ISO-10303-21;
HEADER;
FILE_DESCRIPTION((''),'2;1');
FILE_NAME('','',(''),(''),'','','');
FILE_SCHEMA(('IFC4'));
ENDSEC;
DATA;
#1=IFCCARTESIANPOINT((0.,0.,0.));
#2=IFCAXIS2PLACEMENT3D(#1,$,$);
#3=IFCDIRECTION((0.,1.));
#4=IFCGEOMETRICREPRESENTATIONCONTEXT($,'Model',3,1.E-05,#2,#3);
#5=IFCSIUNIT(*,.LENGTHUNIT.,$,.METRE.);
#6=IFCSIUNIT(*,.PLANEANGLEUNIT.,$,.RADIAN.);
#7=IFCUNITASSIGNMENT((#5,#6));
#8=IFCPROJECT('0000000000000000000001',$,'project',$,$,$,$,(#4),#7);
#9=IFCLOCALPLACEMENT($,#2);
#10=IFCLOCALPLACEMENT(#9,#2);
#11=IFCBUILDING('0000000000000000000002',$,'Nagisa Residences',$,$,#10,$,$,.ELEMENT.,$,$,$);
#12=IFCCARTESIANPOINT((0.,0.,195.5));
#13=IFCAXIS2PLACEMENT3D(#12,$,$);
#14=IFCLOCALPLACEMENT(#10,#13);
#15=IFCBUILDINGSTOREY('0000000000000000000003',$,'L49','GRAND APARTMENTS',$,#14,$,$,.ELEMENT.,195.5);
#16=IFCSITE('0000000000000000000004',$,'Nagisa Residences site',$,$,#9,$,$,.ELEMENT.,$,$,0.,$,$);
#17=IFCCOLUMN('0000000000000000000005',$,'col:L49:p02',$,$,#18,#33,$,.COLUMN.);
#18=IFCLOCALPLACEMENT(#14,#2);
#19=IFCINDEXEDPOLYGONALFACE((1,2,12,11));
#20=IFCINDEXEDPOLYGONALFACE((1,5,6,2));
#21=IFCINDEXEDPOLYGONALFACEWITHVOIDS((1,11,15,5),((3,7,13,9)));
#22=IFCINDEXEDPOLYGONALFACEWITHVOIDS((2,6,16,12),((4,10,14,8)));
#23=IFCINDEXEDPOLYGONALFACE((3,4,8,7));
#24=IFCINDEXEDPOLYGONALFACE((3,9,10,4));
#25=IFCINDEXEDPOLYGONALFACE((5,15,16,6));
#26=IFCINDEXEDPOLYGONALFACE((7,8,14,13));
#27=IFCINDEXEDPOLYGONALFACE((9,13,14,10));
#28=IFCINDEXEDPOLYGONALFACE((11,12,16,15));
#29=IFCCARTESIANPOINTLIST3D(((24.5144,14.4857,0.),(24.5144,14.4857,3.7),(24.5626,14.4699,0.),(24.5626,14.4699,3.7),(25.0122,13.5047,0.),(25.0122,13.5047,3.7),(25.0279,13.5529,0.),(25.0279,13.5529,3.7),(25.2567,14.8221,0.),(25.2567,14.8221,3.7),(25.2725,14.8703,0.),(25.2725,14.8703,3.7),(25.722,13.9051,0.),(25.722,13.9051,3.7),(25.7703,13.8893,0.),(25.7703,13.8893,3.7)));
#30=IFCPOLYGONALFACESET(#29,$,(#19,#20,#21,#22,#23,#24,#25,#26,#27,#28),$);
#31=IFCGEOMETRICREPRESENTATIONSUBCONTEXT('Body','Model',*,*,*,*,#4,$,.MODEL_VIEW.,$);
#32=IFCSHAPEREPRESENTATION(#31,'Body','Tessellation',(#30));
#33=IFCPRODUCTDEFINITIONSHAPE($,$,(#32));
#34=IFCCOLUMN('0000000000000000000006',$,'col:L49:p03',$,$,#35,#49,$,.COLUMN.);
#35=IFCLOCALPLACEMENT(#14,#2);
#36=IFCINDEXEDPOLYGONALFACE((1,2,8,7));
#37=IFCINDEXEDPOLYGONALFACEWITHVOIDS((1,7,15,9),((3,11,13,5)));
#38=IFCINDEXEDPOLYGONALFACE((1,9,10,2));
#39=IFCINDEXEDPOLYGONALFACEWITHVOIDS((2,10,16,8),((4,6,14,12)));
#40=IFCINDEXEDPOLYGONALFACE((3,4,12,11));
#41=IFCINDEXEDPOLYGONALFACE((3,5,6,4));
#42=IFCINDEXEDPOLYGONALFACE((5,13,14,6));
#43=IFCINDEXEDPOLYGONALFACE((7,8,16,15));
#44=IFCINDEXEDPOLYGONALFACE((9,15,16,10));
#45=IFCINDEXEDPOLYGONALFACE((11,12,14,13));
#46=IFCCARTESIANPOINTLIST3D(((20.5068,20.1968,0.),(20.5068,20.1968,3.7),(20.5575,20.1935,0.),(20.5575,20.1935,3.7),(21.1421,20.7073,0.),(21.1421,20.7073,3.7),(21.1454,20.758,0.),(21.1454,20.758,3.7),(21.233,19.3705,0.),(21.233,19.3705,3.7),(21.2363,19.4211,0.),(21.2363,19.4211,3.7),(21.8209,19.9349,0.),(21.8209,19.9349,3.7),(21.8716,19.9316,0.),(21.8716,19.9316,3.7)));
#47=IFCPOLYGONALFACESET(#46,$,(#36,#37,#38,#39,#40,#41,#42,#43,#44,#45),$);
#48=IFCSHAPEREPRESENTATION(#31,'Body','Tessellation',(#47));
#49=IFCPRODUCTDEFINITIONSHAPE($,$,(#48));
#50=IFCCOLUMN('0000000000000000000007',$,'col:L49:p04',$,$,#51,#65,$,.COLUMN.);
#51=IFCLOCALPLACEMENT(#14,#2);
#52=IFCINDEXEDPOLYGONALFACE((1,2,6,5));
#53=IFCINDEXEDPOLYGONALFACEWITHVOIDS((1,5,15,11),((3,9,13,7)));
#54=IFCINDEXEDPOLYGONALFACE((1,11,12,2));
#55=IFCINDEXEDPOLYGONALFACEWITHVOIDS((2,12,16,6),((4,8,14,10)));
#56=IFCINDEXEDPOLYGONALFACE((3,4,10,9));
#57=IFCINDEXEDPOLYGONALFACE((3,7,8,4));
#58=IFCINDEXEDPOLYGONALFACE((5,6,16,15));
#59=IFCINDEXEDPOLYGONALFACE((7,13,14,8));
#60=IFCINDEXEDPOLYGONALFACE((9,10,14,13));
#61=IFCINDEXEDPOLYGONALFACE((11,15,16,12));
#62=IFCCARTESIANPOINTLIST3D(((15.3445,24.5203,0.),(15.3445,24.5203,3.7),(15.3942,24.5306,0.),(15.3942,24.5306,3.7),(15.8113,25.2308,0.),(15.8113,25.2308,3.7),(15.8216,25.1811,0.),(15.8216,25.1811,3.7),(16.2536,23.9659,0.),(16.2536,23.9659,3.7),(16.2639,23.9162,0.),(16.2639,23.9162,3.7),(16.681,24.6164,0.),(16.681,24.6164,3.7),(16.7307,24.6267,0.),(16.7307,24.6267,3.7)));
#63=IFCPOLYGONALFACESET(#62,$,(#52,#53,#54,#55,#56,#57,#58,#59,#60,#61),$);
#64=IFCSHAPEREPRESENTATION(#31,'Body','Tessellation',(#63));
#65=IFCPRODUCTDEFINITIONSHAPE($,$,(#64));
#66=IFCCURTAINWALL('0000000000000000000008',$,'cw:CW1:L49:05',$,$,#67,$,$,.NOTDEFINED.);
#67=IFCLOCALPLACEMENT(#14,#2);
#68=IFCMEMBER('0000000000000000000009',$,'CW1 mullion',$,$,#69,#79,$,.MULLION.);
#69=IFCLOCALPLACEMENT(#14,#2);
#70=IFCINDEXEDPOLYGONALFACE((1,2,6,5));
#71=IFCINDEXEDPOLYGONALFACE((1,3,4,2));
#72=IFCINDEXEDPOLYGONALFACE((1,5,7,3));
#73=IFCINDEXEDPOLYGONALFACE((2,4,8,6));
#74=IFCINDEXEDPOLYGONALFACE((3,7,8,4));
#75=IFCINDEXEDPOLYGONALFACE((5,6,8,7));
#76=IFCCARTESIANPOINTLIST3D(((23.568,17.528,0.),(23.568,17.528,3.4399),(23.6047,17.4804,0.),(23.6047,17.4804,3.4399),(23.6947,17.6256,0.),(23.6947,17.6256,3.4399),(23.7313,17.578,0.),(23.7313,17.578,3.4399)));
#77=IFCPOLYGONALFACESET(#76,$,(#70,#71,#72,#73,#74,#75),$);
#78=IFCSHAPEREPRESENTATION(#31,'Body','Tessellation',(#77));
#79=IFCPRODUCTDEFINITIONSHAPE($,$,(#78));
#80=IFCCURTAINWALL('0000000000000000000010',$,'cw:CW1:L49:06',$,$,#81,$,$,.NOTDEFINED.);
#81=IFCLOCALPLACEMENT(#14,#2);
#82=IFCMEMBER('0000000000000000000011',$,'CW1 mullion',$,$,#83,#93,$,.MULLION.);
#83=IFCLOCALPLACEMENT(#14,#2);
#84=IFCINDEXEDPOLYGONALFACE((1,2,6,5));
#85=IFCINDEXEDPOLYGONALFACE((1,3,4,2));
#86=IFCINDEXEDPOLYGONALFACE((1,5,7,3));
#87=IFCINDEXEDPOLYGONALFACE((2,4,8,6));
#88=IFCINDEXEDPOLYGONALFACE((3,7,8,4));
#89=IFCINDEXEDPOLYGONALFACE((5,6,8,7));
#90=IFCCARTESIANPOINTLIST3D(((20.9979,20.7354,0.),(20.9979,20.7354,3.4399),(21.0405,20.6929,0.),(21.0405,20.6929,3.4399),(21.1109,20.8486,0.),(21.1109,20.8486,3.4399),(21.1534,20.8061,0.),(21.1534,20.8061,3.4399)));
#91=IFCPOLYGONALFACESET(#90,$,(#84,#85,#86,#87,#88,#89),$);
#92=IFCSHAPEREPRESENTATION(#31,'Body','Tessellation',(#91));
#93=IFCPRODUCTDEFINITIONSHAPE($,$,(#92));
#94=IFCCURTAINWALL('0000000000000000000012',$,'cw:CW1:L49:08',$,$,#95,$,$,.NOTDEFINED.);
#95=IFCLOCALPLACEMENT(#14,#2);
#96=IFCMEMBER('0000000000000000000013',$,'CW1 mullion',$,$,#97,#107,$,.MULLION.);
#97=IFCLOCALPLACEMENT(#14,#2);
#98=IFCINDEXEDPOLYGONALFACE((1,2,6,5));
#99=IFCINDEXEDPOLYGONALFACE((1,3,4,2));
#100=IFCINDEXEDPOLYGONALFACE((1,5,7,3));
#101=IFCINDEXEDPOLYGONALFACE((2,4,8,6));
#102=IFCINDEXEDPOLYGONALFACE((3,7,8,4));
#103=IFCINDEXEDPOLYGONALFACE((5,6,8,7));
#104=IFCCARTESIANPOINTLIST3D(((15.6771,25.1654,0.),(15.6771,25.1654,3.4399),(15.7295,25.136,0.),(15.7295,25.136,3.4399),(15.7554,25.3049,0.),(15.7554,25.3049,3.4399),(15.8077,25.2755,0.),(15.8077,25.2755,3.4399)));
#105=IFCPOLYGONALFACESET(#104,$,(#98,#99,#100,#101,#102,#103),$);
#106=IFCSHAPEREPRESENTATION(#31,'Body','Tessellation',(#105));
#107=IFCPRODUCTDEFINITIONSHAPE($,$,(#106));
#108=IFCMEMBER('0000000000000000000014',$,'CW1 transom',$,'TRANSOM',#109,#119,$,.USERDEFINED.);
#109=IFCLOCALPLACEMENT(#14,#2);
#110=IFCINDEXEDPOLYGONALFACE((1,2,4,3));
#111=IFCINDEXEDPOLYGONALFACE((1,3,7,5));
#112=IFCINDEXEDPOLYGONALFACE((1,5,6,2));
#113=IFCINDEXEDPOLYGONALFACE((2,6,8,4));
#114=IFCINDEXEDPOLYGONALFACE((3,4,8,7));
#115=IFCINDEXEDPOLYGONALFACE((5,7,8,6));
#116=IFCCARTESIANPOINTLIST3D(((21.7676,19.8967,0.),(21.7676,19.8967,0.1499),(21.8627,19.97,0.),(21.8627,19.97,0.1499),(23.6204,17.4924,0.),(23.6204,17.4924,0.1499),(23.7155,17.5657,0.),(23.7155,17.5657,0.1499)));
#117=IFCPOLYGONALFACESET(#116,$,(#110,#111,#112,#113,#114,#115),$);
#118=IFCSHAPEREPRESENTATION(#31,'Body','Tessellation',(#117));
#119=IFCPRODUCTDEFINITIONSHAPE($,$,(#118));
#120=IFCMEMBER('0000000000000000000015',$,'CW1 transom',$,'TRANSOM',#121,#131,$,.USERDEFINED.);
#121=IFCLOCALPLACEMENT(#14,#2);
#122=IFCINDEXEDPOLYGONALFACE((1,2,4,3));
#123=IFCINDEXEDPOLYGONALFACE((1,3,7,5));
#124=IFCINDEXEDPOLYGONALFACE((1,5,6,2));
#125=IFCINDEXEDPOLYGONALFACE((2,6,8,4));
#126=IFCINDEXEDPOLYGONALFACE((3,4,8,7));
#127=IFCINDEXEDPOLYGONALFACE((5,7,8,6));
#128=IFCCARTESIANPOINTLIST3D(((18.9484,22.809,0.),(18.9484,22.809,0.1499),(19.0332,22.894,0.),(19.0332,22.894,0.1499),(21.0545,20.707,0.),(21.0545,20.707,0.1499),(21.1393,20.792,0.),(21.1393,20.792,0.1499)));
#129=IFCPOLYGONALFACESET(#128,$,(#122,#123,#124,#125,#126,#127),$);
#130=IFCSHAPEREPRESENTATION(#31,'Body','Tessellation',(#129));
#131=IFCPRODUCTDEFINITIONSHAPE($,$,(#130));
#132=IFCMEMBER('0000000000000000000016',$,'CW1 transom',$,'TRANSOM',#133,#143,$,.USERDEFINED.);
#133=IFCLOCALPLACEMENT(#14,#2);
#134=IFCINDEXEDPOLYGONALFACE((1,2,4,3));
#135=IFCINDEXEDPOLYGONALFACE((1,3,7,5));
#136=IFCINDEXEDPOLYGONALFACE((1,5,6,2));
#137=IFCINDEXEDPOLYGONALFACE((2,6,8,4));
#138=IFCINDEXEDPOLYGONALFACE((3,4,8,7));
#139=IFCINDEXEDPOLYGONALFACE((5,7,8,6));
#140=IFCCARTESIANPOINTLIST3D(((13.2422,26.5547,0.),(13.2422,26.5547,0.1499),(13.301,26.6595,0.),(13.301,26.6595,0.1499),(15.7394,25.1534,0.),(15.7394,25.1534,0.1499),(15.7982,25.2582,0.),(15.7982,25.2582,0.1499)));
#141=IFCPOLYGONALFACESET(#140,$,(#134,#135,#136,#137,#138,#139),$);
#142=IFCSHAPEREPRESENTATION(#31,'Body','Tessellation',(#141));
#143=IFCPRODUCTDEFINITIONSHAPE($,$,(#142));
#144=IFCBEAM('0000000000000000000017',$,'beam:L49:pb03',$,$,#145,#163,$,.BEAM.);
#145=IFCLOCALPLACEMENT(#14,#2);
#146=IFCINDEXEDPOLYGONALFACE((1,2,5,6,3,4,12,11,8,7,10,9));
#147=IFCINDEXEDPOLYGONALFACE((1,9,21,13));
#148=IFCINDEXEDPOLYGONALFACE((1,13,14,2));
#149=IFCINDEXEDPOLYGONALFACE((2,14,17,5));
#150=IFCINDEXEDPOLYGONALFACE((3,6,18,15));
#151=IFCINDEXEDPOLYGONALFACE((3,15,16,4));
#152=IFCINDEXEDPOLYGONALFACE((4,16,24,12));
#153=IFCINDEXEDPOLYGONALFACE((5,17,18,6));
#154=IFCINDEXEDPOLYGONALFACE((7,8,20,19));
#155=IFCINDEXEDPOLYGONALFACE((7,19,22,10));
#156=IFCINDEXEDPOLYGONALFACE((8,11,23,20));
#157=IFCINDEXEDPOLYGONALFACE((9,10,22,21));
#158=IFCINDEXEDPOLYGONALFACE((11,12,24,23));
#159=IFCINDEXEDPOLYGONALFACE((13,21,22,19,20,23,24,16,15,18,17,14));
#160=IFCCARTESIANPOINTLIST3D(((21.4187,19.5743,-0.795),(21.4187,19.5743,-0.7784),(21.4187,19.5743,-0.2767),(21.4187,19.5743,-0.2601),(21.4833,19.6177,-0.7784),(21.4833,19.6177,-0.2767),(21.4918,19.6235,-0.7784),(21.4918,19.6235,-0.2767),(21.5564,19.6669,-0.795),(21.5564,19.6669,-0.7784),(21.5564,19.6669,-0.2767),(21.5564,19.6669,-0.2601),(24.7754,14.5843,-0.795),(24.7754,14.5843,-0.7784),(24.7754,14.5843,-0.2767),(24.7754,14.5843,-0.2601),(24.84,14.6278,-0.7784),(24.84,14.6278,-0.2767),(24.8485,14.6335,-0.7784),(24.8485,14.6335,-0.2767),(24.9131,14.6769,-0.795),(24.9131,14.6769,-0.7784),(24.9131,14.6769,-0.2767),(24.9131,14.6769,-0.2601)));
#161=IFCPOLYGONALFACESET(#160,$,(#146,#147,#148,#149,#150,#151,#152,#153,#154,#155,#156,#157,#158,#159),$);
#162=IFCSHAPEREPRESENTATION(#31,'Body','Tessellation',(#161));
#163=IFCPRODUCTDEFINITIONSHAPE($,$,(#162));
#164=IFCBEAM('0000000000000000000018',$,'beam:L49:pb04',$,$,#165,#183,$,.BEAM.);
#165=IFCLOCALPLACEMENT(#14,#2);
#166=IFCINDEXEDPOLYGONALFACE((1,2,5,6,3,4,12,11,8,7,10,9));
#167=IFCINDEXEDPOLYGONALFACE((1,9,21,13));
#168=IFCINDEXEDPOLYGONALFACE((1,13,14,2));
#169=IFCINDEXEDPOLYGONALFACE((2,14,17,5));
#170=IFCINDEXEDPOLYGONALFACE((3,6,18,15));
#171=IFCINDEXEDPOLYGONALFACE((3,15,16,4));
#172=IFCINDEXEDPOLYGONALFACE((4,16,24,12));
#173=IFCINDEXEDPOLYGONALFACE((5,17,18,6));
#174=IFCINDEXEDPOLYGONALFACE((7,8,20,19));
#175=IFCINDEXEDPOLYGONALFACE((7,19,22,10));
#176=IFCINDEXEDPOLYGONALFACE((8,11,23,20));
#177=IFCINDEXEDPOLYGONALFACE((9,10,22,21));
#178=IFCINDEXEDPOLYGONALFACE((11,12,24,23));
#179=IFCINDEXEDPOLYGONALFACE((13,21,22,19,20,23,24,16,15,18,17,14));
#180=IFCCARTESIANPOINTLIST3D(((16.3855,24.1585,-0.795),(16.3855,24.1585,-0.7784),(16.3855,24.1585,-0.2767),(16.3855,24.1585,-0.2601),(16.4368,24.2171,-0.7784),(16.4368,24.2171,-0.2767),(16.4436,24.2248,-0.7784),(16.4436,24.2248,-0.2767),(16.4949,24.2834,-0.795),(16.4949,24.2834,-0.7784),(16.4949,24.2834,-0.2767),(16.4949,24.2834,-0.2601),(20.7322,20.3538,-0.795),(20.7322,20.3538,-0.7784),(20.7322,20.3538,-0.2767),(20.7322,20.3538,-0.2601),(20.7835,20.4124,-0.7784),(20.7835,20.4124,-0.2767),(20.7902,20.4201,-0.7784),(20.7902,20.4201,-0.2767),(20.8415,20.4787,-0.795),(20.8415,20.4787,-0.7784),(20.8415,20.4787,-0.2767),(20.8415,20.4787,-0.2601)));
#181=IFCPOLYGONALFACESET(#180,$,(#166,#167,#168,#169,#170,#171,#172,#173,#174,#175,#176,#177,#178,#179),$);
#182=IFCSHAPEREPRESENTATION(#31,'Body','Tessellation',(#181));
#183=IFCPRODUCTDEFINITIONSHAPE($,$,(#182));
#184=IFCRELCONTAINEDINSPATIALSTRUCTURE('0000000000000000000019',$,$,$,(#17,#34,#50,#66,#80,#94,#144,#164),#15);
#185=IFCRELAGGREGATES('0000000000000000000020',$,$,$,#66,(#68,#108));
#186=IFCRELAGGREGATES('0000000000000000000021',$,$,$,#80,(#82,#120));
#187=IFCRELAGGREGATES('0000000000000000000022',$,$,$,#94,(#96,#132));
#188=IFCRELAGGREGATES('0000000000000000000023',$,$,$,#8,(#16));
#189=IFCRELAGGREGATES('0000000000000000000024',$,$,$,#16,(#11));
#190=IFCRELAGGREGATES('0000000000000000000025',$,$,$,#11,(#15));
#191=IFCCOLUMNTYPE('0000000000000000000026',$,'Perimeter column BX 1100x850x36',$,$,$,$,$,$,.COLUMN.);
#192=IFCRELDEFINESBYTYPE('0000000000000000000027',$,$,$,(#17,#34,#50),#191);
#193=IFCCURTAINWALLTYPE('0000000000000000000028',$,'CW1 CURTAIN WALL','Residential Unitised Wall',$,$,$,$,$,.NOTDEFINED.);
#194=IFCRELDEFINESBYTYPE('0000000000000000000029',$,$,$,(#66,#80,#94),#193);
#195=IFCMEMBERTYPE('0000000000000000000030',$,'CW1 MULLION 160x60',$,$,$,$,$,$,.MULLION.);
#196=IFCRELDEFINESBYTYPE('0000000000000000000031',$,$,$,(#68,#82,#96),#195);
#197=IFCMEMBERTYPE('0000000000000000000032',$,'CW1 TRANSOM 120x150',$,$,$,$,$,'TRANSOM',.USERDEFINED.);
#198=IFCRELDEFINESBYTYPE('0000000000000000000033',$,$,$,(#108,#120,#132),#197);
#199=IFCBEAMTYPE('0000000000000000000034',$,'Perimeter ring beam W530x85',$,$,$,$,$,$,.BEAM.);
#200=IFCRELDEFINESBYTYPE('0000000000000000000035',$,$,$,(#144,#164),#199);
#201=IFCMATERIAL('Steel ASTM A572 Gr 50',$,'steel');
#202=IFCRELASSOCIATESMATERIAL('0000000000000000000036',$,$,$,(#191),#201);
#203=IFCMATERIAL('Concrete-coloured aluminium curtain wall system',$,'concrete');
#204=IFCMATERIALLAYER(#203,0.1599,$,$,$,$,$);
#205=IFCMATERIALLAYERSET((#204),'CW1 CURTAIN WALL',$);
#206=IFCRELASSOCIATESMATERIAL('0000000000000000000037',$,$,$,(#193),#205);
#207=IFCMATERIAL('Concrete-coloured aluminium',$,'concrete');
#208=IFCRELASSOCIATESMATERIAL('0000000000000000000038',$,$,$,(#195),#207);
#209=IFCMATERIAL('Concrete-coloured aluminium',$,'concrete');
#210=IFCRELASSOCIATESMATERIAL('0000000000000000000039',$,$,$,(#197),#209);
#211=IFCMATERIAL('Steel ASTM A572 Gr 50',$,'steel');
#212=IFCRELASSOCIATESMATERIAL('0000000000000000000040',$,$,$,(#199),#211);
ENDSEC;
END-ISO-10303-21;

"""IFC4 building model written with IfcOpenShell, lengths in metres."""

from ifc_helpers import new_model, si_unit, direction, frame, origin, origin_2d, place, context, subcontext, project, spatial, rectangle, hollow_rectangle, i_section, extrude, material, layer, layer_set, material_profile, profile_set, type_object, element, aggregate, save


model = new_model("IFC4")

# Units and contexts
model_context = context("Model", 3, precision=1e-05, world=origin(), true_north=direction((0.0, 1.0)))
body_context = subcontext(model_context, "Body", "Model", "MODEL_VIEW")
ifc_project = project(units=[si_unit("LENGTHUNIT", "METRE"), si_unit("PLANEANGLEUNIT", "RADIAN")], contexts=[model_context])

# Site, building, storey
site_placement = place(None, origin())
site = spatial("IfcSite", under=ifc_project, at=site_placement, Name="Nagisa Residences site", CompositionType="ELEMENT", RefElevation=0.0)
building_placement = place(site_placement, origin())
building = spatial("IfcBuilding", under=site, at=building_placement, Name="Nagisa Residences", CompositionType="ELEMENT")
storey_placement = place(building_placement, frame((0.0, 0.0, 195.5)))
storey = spatial("IfcBuildingStorey", under=building, at=storey_placement, Name="L49", Description="GRAND APARTMENTS", CompositionType="ELEMENT", Elevation=195.5)

# Columns
ifc_material_1 = material(Name="Steel ASTM A572 Gr 50", Category="steel")
ifc_material_profile_1 = material_profile(ifc_material_1, hollow_rectangle(XDim=1.1001, YDim=0.8501, WallThickness=0.0359, at=origin_2d()), Name="BX 1100x850x36")
ifc_profile_set_1 = profile_set([ifc_material_profile_1], Name="Steel ASTM A572 Gr 50")
column_type = type_object("IfcColumnType", Name="Perimeter column BX 1100x850x36", PredefinedType="COLUMN", material=ifc_profile_set_1)
for number, where, z_axis, x_axis, name in (
    (1, (25.1423, 14.1875, 0.0), (0.0, 0.0, 1.0), (-0.452463, 0.891783, 0.0), "col:L49:p02"),
    (2, (21.1892, 20.0642, 0.0), (0.0, 0.0, 1.0), (-0.660115, 0.751165, 0.0), "col:L49:p03"),
    (3, (16.0376, 24.5735, 0.0), (0.0, 0.0, 1.0), (-0.835766, 0.549086, 0.0), "col:L49:p04"),
):
    element("IfcColumn", number, at=place(storey_placement, frame(where, z_axis=z_axis, x_axis=x_axis)), inside=storey, type_object=column_type, Name=name, PredefinedType="COLUMN", context=body_context, shape_type="SweptSolid", body=[
        extrude(hollow_rectangle(XDim=1.1001, YDim=0.8501, WallThickness=0.0359, at=origin_2d()), origin(), (0.0, 0.0, 1.0), 3.7),
    ])

# Curtain walls, members
ifc_material_2 = material(Name="Concrete-coloured aluminium curtain wall system", Category="concrete")
ifc_layer_1 = layer(ifc_material_2, 0.1599)
ifc_layer_set_1 = layer_set([ifc_layer_1], Name="CW1 CURTAIN WALL")
curtain_wall_type = type_object("IfcCurtainWallType", Name="CW1 CURTAIN WALL", Description="Residential Unitised Wall", PredefinedType="NOTDEFINED", material=ifc_layer_set_1)
curtain_wall_1_placement = place(storey_placement, origin())
curtain_wall_1 = element("IfcCurtainWall", 4, at=curtain_wall_1_placement, inside=storey, type_object=curtain_wall_type, Name="cw:CW1:L49:05", PredefinedType="NOTDEFINED")
ifc_material_3 = material(Name="Concrete-coloured aluminium", Category="concrete")
ifc_material_profile_2 = material_profile(ifc_material_3, rectangle(XDim=0.1599, YDim=0.0601, at=origin_2d()), Name="CW1 MULLION 160x60")
ifc_profile_set_2 = profile_set([ifc_material_profile_2], Name="Concrete-coloured aluminium")
member_type_1 = type_object("IfcMemberType", Name="CW1 MULLION 160x60", PredefinedType="MULLION", material=ifc_profile_set_2)
member_1_placement = place(storey_placement, frame((23.6497, 17.553, 0.0), z_axis=(0.0, 0.0, 1.0), x_axis=(-0.79207, -0.61043, 0.0)))
member_1 = element("IfcMember", 5, at=member_1_placement, type_object=member_type_1, Name="CW1 mullion", PredefinedType="MULLION", context=body_context, shape_type="SweptSolid", body=[
    extrude(rectangle(XDim=0.1599, YDim=0.0601, at=origin_2d()), origin(), (0.0, 0.0, 1.0), 3.4399),
])
curtain_wall_2_placement = place(storey_placement, origin())
curtain_wall_2 = element("IfcCurtainWall", 6, at=curtain_wall_2_placement, inside=storey, type_object=curtain_wall_type, Name="cw:CW1:L49:06", PredefinedType="NOTDEFINED")
member_2_placement = place(storey_placement, frame((21.0757, 20.7708, 0.0), z_axis=(0.0, 0.0, 1.0), x_axis=(-0.706377, -0.707836, 0.0)))
member_2 = element("IfcMember", 7, at=member_2_placement, type_object=member_type_1, Name="CW1 mullion", PredefinedType="MULLION", context=body_context, shape_type="SweptSolid", body=[
    extrude(rectangle(XDim=0.1599, YDim=0.0601, at=origin_2d()), origin(), (0.0, 0.0, 1.0), 3.4399),
])
curtain_wall_3_placement = place(storey_placement, origin())
curtain_wall_3 = element("IfcCurtainWall", 8, at=curtain_wall_3_placement, inside=storey, type_object=curtain_wall_type, Name="cw:CW1:L49:08", PredefinedType="NOTDEFINED")
member_3_placement = place(storey_placement, frame((15.7424, 25.2205, 0.0), z_axis=(0.0, 0.0, 1.0), x_axis=(-0.489377, -0.872072, 0.0)))
member_3 = element("IfcMember", 9, at=member_3_placement, type_object=member_type_1, Name="CW1 mullion", PredefinedType="MULLION", context=body_context, shape_type="SweptSolid", body=[
    extrude(rectangle(XDim=0.1599, YDim=0.0601, at=origin_2d()), origin(), (0.0, 0.0, 1.0), 3.4399),
])

# Members
ifc_material_4 = material(Name="Concrete-coloured aluminium", Category="concrete")
ifc_material_profile_3 = material_profile(ifc_material_4, rectangle(XDim=0.1201, YDim=0.1499, at=origin_2d()), Name="CW1 TRANSOM 120x150")
ifc_profile_set_3 = profile_set([ifc_material_profile_3], Name="Concrete-coloured aluminium")
member_type_2 = type_object("IfcMemberType", Name="CW1 TRANSOM 120x150", ElementType="TRANSOM", PredefinedType="USERDEFINED", material=ifc_profile_set_3)
member_4_placement = place(storey_placement, frame((23.668, 17.5291, 0.075), z_axis=(-0.610399, 0.792094, 0.0), x_axis=(-0.792094, -0.610399, 0.0)))
member_4 = element("IfcMember", 10, at=member_4_placement, type_object=member_type_2, Name="CW1 transom", ObjectType="TRANSOM", PredefinedType="USERDEFINED", context=body_context, shape_type="SweptSolid", body=[
    extrude(rectangle(XDim=0.1201, YDim=0.1499, at=origin_2d()), origin(), (0.0, 0.0, 1.0), 3.0354),
])
member_5_placement = place(storey_placement, frame((21.0969, 20.7495, 0.075), z_axis=(-0.707804, 0.706409, 0.0), x_axis=(-0.706409, -0.707804, 0.0)))
member_5 = element("IfcMember", 11, at=member_5_placement, type_object=member_type_2, Name="CW1 transom", ObjectType="TRANSOM", PredefinedType="USERDEFINED", context=body_context, shape_type="SweptSolid", body=[
    extrude(rectangle(XDim=0.1201, YDim=0.1499, at=origin_2d()), origin(), (0.0, 0.0, 1.0), 2.9756),
])
member_6_placement = place(storey_placement, frame((15.7688, 25.2058, 0.075), z_axis=(-0.872078, 0.489366, 0.0), x_axis=(-0.489366, -0.872078, 0.0)))
member_6 = element("IfcMember", 12, at=member_6_placement, type_object=member_type_2, Name="CW1 transom", ObjectType="TRANSOM", PredefinedType="USERDEFINED", context=body_context, shape_type="SweptSolid", body=[
    extrude(rectangle(XDim=0.1201, YDim=0.1499, at=origin_2d()), origin(), (0.0, 0.0, 1.0), 2.8635),
])

# Beams
ifc_material_5 = material(Name="Steel ASTM A572 Gr 50", Category="steel")
ifc_material_profile_4 = material_profile(ifc_material_5, i_section(OverallWidth=0.166, OverallDepth=0.5349, WebThickness=0.0103, FlangeThickness=0.0166, at=origin_2d()), Name="W530x85")
ifc_profile_set_4 = profile_set([ifc_material_profile_4], Name="Steel ASTM A572 Gr 50")
beam_type_1 = type_object("IfcBeamType", Name="Perimeter ring beam W530x85", PredefinedType="BEAM", material=ifc_profile_set_4)
beam_1_placement = place(storey_placement, frame((24.8442, 14.6306, -0.5276), z_axis=(-0.558152, 0.829739, 0.0), x_axis=(-0.829739, -0.558152, 0.0)))
element("IfcBeam", 13, at=beam_1_placement, inside=storey, type_object=beam_type_1, Name="beam:L49:pb03", PredefinedType="BEAM", context=body_context, shape_type="SweptSolid", body=[
    extrude(i_section(OverallWidth=0.166, OverallDepth=0.5349, WebThickness=0.0103, FlangeThickness=0.0166, at=origin_2d()), origin(), (0.0, 0.0, 1.0), 6.0139),
])
beam_2_placement = place(storey_placement, frame((20.7869, 20.4163, -0.5276), z_axis=(-0.752461, 0.658636, 0.0), x_axis=(-0.658636, -0.752461, 0.0)))
element("IfcBeam", 14, at=beam_2_placement, inside=storey, type_object=beam_type_1, Name="beam:L49:pb04", PredefinedType="BEAM", context=body_context, shape_type="SweptSolid", body=[
    extrude(i_section(OverallWidth=0.166, OverallDepth=0.5349, WebThickness=0.0103, FlangeThickness=0.0166, at=origin_2d()), origin(), (0.0, 0.0, 1.0), 5.7766),
])

aggregate(curtain_wall_1, [member_1, member_4])
aggregate(curtain_wall_2, [member_2, member_5])
aggregate(curtain_wall_3, [member_3, member_6])

save(model, "model.ifc")
